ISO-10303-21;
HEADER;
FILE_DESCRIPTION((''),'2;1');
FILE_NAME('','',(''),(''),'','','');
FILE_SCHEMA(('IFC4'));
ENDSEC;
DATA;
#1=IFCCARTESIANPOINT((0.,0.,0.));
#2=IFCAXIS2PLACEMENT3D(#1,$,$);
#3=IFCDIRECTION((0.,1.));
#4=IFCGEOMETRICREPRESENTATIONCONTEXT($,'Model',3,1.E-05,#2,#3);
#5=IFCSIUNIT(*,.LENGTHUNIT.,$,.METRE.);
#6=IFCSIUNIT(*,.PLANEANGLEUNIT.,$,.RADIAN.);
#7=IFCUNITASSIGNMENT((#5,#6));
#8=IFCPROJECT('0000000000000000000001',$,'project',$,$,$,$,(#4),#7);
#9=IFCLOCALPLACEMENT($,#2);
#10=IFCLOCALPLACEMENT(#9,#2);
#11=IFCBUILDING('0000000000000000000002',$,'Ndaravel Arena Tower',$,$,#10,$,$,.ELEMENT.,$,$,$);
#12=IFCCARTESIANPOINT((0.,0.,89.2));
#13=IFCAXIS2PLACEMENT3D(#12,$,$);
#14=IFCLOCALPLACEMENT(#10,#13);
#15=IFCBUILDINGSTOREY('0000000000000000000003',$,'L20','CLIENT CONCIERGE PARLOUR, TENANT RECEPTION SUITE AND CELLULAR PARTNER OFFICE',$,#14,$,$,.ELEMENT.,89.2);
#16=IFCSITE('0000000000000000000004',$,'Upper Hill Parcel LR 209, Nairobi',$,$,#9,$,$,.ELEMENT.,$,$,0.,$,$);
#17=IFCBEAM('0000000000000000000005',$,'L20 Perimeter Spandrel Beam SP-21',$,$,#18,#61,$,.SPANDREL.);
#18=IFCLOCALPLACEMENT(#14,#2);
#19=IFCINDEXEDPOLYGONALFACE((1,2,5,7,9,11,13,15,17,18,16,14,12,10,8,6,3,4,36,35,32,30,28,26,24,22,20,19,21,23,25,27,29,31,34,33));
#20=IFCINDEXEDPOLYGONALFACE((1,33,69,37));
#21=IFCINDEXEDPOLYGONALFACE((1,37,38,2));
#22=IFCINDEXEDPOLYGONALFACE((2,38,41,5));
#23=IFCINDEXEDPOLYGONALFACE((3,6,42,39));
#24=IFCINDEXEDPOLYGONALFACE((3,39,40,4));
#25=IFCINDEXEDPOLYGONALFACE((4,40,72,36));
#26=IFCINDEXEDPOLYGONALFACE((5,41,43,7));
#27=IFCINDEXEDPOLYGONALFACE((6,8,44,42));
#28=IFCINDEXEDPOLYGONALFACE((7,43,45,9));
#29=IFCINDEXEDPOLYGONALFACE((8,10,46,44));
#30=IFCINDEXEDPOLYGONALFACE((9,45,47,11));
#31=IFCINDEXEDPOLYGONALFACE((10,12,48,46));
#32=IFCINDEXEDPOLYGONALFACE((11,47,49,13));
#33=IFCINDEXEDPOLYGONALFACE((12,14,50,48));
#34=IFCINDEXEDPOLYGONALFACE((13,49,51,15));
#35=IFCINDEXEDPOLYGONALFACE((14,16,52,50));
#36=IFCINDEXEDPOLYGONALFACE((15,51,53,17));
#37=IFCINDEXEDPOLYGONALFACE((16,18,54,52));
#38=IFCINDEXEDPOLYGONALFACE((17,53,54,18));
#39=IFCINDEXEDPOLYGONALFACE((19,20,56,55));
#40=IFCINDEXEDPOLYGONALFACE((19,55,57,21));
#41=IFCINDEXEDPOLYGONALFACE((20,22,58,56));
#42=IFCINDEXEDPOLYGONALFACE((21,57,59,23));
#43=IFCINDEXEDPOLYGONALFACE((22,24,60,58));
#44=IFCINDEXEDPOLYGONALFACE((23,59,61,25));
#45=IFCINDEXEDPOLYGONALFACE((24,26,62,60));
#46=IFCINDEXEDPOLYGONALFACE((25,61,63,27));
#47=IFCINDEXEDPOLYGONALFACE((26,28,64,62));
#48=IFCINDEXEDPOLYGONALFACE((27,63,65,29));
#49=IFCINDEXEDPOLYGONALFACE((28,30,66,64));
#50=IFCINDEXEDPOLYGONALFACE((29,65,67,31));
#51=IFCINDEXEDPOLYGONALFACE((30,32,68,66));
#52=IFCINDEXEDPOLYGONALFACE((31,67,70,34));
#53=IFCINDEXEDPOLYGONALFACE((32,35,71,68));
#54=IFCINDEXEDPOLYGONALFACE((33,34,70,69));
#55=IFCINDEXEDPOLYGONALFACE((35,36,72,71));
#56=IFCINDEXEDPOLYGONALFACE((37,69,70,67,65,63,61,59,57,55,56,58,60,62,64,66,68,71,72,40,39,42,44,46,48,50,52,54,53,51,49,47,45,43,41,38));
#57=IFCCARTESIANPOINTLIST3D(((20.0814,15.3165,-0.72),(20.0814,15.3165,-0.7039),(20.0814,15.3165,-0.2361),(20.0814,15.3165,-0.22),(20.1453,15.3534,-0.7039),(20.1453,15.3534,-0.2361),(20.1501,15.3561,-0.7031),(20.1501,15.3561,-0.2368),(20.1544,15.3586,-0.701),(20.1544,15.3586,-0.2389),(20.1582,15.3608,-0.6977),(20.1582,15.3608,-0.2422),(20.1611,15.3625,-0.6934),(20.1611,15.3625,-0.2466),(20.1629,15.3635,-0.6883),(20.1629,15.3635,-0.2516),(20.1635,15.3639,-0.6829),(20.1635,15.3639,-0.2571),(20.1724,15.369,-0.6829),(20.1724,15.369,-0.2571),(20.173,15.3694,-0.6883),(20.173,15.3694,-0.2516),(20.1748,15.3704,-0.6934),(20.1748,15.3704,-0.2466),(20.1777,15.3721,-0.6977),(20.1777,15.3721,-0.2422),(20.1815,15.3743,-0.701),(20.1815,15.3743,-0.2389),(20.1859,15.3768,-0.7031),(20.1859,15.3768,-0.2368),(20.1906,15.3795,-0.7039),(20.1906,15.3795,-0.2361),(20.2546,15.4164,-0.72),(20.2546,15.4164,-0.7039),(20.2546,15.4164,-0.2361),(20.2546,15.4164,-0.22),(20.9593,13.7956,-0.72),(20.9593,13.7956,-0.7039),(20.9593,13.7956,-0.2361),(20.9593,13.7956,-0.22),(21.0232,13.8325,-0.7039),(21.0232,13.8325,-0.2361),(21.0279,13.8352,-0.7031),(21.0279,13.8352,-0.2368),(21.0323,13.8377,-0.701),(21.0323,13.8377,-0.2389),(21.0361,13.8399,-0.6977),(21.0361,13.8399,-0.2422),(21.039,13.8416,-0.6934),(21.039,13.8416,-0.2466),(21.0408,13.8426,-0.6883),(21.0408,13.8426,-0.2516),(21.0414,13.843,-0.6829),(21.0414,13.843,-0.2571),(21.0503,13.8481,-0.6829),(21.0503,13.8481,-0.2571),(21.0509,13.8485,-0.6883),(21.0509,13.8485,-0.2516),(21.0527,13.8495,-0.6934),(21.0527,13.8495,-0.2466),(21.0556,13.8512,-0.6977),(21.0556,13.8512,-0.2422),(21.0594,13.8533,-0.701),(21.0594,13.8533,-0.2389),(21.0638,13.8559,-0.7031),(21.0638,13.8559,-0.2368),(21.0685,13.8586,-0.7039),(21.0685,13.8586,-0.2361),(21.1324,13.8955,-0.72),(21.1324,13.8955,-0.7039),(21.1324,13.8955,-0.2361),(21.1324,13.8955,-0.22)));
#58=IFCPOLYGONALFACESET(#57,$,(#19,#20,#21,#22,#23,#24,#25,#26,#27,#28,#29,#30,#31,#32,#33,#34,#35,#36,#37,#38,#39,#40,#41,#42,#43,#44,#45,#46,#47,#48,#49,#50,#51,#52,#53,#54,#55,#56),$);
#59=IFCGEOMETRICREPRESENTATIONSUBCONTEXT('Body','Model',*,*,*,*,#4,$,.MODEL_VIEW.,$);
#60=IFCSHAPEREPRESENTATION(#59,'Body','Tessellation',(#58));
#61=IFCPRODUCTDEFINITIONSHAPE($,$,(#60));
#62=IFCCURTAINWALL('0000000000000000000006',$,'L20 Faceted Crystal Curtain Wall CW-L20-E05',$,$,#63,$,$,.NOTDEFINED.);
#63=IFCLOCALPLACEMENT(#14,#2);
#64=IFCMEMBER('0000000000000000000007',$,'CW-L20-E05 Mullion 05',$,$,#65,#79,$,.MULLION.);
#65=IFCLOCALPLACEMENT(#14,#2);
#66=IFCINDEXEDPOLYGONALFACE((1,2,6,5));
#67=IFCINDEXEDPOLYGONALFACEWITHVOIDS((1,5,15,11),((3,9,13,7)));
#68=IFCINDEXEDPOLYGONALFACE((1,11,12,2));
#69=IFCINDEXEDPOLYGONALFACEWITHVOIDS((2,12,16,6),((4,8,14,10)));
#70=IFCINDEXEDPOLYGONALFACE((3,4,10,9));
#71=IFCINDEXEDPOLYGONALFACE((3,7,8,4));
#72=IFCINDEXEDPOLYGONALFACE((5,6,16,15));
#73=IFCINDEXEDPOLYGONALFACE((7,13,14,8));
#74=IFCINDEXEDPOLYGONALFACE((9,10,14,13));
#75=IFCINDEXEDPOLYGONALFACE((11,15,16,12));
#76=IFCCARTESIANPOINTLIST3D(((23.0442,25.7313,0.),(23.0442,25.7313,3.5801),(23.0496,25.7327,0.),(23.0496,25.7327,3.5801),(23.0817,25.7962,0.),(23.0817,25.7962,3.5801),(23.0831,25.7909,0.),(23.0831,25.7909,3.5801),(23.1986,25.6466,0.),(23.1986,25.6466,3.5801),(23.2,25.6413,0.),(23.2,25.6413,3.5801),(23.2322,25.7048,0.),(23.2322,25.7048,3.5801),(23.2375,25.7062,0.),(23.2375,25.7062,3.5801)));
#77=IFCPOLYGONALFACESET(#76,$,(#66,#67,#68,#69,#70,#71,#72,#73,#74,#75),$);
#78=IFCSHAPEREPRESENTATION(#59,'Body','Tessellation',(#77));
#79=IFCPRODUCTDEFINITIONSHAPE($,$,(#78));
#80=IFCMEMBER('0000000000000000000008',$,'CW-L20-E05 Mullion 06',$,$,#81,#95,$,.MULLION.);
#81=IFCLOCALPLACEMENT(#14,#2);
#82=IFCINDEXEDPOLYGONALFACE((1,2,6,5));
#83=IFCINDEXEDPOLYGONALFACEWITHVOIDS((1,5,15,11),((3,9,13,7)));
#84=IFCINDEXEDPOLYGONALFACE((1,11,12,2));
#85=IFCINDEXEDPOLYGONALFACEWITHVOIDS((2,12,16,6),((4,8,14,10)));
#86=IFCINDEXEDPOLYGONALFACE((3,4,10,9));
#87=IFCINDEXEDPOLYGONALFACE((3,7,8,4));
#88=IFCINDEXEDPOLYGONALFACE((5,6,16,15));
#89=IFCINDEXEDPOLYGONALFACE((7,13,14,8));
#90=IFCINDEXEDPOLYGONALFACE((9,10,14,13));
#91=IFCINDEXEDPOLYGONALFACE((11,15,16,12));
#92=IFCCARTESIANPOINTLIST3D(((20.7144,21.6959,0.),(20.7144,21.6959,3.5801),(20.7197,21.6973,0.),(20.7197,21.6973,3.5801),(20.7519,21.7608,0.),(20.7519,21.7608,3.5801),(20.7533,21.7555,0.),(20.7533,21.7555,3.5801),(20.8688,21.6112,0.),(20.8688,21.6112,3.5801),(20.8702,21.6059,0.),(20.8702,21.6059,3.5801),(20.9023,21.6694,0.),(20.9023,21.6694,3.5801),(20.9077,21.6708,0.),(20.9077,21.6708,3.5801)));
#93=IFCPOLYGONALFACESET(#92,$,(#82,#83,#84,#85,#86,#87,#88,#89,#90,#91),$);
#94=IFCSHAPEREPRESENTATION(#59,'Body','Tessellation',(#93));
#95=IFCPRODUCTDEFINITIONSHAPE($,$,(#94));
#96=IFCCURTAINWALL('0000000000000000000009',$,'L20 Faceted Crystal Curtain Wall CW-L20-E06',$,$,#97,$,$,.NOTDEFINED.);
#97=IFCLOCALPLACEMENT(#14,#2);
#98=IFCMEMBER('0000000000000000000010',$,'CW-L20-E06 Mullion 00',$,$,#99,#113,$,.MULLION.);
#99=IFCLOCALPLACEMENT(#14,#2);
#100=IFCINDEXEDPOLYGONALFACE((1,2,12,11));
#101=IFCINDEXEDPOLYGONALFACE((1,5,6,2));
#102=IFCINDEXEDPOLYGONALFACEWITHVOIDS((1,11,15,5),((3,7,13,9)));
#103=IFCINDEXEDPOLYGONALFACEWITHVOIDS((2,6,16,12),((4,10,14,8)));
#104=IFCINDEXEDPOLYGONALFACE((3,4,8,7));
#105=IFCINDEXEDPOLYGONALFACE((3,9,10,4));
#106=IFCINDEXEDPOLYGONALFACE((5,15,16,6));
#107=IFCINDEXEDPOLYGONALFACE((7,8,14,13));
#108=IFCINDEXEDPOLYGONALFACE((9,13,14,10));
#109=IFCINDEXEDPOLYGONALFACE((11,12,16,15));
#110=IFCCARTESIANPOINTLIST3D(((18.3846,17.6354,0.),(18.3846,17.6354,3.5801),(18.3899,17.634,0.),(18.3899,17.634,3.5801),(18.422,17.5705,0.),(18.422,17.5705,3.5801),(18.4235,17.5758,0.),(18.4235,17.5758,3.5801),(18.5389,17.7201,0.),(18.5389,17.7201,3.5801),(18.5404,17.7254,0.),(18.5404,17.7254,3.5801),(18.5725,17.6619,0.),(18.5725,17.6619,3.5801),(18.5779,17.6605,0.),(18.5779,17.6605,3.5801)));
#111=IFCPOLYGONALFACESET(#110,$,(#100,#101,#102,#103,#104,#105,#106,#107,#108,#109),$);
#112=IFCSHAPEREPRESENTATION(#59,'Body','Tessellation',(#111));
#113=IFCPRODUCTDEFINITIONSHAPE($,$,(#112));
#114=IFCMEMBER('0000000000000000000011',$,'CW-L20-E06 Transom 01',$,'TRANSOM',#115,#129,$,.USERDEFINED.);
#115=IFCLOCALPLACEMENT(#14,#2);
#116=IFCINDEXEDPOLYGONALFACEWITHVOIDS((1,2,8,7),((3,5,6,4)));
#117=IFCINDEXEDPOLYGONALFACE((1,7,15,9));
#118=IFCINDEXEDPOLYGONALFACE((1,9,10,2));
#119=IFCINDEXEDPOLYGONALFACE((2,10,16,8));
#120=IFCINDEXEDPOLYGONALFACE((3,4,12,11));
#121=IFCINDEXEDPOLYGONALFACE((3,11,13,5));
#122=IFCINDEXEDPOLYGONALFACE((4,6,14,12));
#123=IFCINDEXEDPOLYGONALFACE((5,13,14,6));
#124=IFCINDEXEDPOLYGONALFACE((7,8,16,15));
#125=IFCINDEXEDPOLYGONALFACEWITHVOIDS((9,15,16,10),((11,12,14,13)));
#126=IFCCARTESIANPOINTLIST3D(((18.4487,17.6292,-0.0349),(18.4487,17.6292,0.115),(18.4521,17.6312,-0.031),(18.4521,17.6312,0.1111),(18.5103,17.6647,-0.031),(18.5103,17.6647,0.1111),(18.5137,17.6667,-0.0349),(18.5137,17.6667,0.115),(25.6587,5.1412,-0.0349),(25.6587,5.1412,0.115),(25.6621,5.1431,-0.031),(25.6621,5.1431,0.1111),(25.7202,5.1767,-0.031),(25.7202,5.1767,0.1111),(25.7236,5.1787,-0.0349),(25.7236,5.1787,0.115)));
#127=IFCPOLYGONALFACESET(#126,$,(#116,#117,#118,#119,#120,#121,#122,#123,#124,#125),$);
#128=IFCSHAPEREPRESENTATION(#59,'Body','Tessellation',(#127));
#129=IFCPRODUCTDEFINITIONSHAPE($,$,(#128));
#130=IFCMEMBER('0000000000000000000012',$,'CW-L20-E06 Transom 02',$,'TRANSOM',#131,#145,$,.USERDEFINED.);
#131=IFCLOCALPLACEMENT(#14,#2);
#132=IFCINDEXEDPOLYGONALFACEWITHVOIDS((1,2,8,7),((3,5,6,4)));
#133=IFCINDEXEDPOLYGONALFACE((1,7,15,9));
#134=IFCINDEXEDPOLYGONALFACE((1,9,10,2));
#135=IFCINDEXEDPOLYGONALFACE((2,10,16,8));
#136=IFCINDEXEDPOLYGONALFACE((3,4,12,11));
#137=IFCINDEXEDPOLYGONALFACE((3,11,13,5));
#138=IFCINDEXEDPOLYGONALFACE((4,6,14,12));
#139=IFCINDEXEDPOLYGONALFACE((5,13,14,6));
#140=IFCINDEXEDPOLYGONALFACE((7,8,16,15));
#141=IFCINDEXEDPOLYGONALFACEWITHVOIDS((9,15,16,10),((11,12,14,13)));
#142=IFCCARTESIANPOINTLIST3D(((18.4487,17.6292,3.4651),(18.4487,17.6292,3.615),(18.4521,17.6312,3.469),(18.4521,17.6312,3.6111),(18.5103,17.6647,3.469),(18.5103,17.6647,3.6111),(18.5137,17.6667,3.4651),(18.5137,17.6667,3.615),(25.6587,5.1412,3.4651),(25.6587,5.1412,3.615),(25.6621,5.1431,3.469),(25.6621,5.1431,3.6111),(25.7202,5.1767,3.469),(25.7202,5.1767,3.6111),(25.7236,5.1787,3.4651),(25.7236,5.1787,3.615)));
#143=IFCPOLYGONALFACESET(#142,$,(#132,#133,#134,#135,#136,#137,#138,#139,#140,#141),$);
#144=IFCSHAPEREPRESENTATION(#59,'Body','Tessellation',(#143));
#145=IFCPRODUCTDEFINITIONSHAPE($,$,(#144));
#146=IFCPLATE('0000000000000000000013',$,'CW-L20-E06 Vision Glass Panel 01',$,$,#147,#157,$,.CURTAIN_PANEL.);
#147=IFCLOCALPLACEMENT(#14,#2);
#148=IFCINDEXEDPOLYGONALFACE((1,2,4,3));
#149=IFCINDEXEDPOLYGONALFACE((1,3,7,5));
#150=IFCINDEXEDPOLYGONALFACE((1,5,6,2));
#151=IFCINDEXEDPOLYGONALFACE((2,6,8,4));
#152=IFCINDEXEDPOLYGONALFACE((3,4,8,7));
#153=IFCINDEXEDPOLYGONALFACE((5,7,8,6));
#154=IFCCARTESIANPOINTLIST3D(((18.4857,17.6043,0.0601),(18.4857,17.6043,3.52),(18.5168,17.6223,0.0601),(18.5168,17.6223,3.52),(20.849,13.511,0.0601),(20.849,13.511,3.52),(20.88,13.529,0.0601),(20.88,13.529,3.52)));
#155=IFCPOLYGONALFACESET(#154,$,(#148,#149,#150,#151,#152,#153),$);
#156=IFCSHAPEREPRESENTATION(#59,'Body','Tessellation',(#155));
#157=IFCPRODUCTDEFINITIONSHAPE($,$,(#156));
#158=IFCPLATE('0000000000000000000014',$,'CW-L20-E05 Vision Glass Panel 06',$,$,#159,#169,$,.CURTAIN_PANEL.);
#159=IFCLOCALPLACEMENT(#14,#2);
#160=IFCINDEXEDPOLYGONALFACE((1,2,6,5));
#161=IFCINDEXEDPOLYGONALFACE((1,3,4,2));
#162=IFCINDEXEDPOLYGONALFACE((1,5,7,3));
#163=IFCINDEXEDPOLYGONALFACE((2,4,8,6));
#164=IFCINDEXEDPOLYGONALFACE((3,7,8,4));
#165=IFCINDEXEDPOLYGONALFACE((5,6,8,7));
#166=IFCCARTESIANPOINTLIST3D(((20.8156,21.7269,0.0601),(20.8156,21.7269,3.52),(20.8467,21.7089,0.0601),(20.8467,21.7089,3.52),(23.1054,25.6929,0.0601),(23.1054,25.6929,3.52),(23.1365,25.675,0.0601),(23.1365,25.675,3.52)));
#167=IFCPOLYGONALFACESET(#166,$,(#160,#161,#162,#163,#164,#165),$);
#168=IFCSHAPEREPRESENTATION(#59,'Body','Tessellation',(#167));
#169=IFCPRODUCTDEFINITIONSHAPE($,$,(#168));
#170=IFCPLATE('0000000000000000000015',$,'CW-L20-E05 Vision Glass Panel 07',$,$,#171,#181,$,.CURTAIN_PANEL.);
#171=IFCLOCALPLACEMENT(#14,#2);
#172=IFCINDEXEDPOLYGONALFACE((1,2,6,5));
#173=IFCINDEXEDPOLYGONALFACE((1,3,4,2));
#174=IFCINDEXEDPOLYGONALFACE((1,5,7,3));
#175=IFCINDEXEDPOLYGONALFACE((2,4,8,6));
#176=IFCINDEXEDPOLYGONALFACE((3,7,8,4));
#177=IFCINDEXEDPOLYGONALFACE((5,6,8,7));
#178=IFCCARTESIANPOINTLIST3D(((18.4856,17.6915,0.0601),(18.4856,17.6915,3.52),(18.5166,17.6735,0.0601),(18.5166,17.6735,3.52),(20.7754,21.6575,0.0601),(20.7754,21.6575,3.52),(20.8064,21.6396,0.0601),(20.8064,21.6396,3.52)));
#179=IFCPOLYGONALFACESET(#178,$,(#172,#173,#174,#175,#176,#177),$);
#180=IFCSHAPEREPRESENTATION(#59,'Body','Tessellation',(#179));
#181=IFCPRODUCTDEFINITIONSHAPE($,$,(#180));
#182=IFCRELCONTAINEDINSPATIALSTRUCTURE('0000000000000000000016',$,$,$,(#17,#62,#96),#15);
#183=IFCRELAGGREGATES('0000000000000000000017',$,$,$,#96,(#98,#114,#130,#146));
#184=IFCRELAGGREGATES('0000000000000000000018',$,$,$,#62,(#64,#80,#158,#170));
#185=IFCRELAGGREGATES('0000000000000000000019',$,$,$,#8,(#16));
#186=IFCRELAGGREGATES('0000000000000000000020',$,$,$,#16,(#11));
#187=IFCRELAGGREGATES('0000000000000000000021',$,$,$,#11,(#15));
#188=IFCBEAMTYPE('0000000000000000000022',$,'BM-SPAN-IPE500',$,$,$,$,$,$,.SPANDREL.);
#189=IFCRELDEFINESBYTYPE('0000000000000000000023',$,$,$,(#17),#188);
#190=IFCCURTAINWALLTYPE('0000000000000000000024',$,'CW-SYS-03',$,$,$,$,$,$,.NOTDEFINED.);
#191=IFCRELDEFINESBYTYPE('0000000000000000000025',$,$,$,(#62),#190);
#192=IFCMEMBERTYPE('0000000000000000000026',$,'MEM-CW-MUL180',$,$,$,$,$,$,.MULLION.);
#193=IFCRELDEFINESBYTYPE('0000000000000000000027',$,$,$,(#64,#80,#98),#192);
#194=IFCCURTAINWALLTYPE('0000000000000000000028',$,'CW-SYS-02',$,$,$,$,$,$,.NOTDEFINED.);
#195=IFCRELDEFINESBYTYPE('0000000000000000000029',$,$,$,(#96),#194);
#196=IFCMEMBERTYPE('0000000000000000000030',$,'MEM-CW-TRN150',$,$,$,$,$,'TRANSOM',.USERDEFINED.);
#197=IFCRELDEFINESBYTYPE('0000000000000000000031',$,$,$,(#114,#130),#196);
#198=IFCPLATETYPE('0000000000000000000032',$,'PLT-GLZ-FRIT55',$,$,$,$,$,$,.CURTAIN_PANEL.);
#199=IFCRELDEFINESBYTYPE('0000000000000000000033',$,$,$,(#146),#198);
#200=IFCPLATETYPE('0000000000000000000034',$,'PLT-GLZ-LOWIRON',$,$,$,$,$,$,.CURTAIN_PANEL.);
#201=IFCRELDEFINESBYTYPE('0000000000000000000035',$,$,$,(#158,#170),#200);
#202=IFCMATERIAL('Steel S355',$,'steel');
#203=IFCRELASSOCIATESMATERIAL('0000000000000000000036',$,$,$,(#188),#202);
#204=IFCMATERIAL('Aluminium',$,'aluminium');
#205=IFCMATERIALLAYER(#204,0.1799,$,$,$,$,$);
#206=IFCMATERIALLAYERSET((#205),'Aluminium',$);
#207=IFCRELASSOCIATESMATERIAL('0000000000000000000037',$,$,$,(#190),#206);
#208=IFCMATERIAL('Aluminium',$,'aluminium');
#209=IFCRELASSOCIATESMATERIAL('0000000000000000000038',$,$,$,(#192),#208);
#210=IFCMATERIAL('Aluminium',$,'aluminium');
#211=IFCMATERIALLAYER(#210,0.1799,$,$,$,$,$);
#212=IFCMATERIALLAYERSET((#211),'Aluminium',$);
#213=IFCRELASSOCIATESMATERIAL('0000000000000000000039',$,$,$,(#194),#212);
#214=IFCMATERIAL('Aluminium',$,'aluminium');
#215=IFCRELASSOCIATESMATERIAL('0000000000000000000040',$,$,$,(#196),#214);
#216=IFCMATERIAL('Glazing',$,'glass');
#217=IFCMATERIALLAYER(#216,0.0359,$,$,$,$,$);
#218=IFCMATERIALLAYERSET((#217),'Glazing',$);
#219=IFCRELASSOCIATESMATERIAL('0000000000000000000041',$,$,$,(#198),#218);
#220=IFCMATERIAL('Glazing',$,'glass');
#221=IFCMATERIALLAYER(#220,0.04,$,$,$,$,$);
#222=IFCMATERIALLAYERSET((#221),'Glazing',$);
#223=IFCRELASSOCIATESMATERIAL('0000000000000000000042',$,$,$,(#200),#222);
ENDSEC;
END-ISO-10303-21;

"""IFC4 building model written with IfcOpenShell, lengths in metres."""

from ifc_helpers import new_model, si_unit, direction, frame, origin, origin_2d, place, context, subcontext, project, spatial, rectangle, hollow_rectangle, i_section, extrude, material, layer, layer_set, material_profile, profile_set, type_object, element, aggregate, save


model = new_model("IFC4")

# Units and contexts
model_context = context("Model", 3, precision=1e-05, world=origin(), true_north=direction((0.0, 1.0)))
body_context = subcontext(model_context, "Body", "Model", "MODEL_VIEW")
ifc_project = project(units=[si_unit("LENGTHUNIT", "METRE"), si_unit("PLANEANGLEUNIT", "RADIAN")], contexts=[model_context])

# Site, building, storey
site_placement = place(None, origin())
site = spatial("IfcSite", under=ifc_project, at=site_placement, Name="Upper Hill Parcel LR 209, Nairobi", CompositionType="ELEMENT", RefElevation=0.0)
building_placement = place(site_placement, origin())
building = spatial("IfcBuilding", under=site, at=building_placement, Name="Ndaravel Arena Tower", CompositionType="ELEMENT")
storey_placement = place(building_placement, frame((0.0, 0.0, 89.2)))
storey = spatial("IfcBuildingStorey", under=building, at=storey_placement, Name="L20", Description="CLIENT CONCIERGE PARLOUR, TENANT RECEPTION SUITE AND CELLULAR PARTNER OFFICE", CompositionType="ELEMENT", Elevation=89.2)

# Beam
ifc_material_1 = material(Name="Steel S355", Category="steel")
ifc_material_profile_1 = material_profile(ifc_material_1, i_section(OverallWidth=0.2, OverallDepth=0.5, WebThickness=0.0103, FlangeThickness=0.0161, FilletRadius=0.021, at=origin_2d()), Name="IPE 500")
ifc_profile_set_1 = profile_set([ifc_material_profile_1], Name="Steel S355")
beam_type_1 = type_object("IfcBeamType", Name="BM-SPAN-IPE500", PredefinedType="SPANDREL", material=ifc_profile_set_1)
beam_1_placement = place(storey_placement, frame((20.168, 15.3665, -0.47), z_axis=(0.499907, -0.866079, 0.0), x_axis=(0.866079, 0.499907, 0.0)))
element("IfcBeam", 1, at=beam_1_placement, inside=storey, type_object=beam_type_1, Name="L20 Perimeter Spandrel Beam SP-21", PredefinedType="SPANDREL", context=body_context, shape_type="SweptSolid", body=[
    extrude(i_section(OverallWidth=0.2, OverallDepth=0.5, WebThickness=0.0103, FlangeThickness=0.0161, FilletRadius=0.021, at=origin_2d()), origin(), (0.0, 0.0, 1.0), 1.7561),
])

# Curtain wall, members
ifc_material_2 = material(Name="Aluminium", Category="aluminium")
ifc_layer_1 = layer(ifc_material_2, 0.1799)
ifc_layer_set_1 = layer_set([ifc_layer_1], Name="Aluminium")
curtain_wall_type_1 = type_object("IfcCurtainWallType", Name="CW-SYS-03", PredefinedType="NOTDEFINED", material=ifc_layer_set_1)
curtain_wall_1_placement = place(storey_placement, origin())
curtain_wall_1 = element("IfcCurtainWall", 2, at=curtain_wall_1_placement, inside=storey, type_object=curtain_wall_type_1, Name="L20 Faceted Crystal Curtain Wall CW-L20-E05", PredefinedType="NOTDEFINED")
ifc_material_3 = material(Name="Aluminium", Category="aluminium")
ifc_material_profile_2 = material_profile(ifc_material_3, hollow_rectangle(XDim=0.075, YDim=0.1799, WallThickness=0.0039, at=origin_2d()), Name="CW MULLION 75x180x4")
ifc_profile_set_2 = profile_set([ifc_material_profile_2], Name="Aluminium")
member_type_1 = type_object("IfcMemberType", Name="MEM-CW-MUL180", PredefinedType="MULLION", material=ifc_profile_set_2)
member_1_placement = place(storey_placement, frame((23.1409, 25.7188, 0.0), z_axis=(0.0, 0.0, 1.0), x_axis=(-0.5, -0.866025, 0.0)))
member_1 = element("IfcMember", 3, at=member_1_placement, type_object=member_type_1, Name="CW-L20-E05 Mullion 05", PredefinedType="MULLION", context=body_context, shape_type="SweptSolid", body=[
    extrude(hollow_rectangle(XDim=0.075, YDim=0.1799, WallThickness=0.0039, at=origin_2d()), origin(), (0.0, 0.0, 1.0), 3.5801),
])
member_2_placement = place(storey_placement, frame((20.811, 21.6833, 0.0), z_axis=(0.0, 0.0, 1.0), x_axis=(-0.5, -0.866025, 0.0)))
member_2 = element("IfcMember", 4, at=member_2_placement, type_object=member_type_1, Name="CW-L20-E05 Mullion 06", PredefinedType="MULLION", context=body_context, shape_type="SweptSolid", body=[
    extrude(hollow_rectangle(XDim=0.075, YDim=0.1799, WallThickness=0.0039, at=origin_2d()), origin(), (0.0, 0.0, 1.0), 3.5801),
])

# Curtain wall, members, plate
ifc_material_4 = material(Name="Aluminium", Category="aluminium")
ifc_layer_2 = layer(ifc_material_4, 0.1799)
ifc_layer_set_2 = layer_set([ifc_layer_2], Name="Aluminium")
curtain_wall_type_2 = type_object("IfcCurtainWallType", Name="CW-SYS-02", PredefinedType="NOTDEFINED", material=ifc_layer_set_2)
curtain_wall_2_placement = place(storey_placement, origin())
curtain_wall_2 = element("IfcCurtainWall", 5, at=curtain_wall_2_placement, inside=storey, type_object=curtain_wall_type_2, Name="L20 Faceted Crystal Curtain Wall CW-L20-E06", PredefinedType="NOTDEFINED")
member_3_placement = place(storey_placement, frame((18.4812, 17.6479, 0.0), z_axis=(0.0, 0.0, 1.0), x_axis=(0.5, -0.866025, 0.0)))
member_3 = element("IfcMember", 6, at=member_3_placement, type_object=member_type_1, Name="CW-L20-E06 Mullion 00", PredefinedType="MULLION", context=body_context, shape_type="SweptSolid", body=[
    extrude(hollow_rectangle(XDim=0.075, YDim=0.1799, WallThickness=0.0039, at=origin_2d()), origin(), (0.0, 0.0, 1.0), 3.5801),
])
ifc_material_5 = material(Name="Aluminium", Category="aluminium")
ifc_material_profile_3 = material_profile(ifc_material_5, hollow_rectangle(XDim=0.075, YDim=0.1499, WallThickness=0.0039, at=origin_2d()), Name="CW TRANSOM 75x150x4")
ifc_profile_set_3 = profile_set([ifc_material_profile_3], Name="Aluminium")
member_type_2 = type_object("IfcMemberType", Name="MEM-CW-TRN150", ElementType="TRANSOM", PredefinedType="USERDEFINED", material=ifc_profile_set_3)
member_4_placement = place(storey_placement, frame((18.4812, 17.6479, 0.04), z_axis=(0.499999, -0.866026, 0.0), x_axis=(0.866026, 0.499999, 0.0)))
member_4 = element("IfcMember", 7, at=member_4_placement, type_object=member_type_2, Name="CW-L20-E06 Transom 01", ObjectType="TRANSOM", PredefinedType="USERDEFINED", context=body_context, shape_type="SweptSolid", body=[
    extrude(hollow_rectangle(XDim=0.075, YDim=0.1499, WallThickness=0.0039, at=origin_2d()), origin(), (0.0, 0.0, 1.0), 14.4199),
])
member_5_placement = place(storey_placement, frame((18.4812, 17.6479, 3.54), z_axis=(0.499999, -0.866026, 0.0), x_axis=(0.866026, 0.499999, 0.0)))
member_5 = element("IfcMember", 8, at=member_5_placement, type_object=member_type_2, Name="CW-L20-E06 Transom 02", ObjectType="TRANSOM", PredefinedType="USERDEFINED", context=body_context, shape_type="SweptSolid", body=[
    extrude(hollow_rectangle(XDim=0.075, YDim=0.1499, WallThickness=0.0039, at=origin_2d()), origin(), (0.0, 0.0, 1.0), 14.4199),
])
ifc_material_6 = material(Name="Glazing", Category="glass")
ifc_layer_3 = layer(ifc_material_6, 0.0359)
ifc_layer_set_3 = layer_set([ifc_layer_3], Name="Glazing")
plate_type_1 = type_object("IfcPlateType", Name="PLT-GLZ-FRIT55", PredefinedType="CURTAIN_PANEL", material=ifc_layer_set_3)
plate_1_placement = place(storey_placement, frame((19.6829, 15.5667, 0.0601), z_axis=(0.0, 0.0, 1.0), x_axis=(0.5, -0.866025, 0.0)))
plate_1 = element("IfcPlate", 9, at=plate_1_placement, type_object=plate_type_1, Name="CW-L20-E06 Vision Glass Panel 01", PredefinedType="CURTAIN_PANEL", context=body_context, shape_type="SweptSolid", body=[
    extrude(rectangle(XDim=4.7266, YDim=0.0359, at=origin_2d()), origin(), (0.0, 0.0, 1.0), 3.46),
])
aggregate(curtain_wall_2, [member_3, member_4, member_5, plate_1])

# Plates
ifc_material_7 = material(Name="Glazing", Category="glass")
ifc_layer_4 = layer(ifc_material_7, 0.04)
ifc_layer_set_4 = layer_set([ifc_layer_4], Name="Glazing")
plate_type_2 = type_object("IfcPlateType", Name="PLT-GLZ-LOWIRON", PredefinedType="CURTAIN_PANEL", material=ifc_layer_set_4)
plate_2_placement = place(storey_placement, frame((21.9761, 23.7009, 0.0601), z_axis=(0.0, 0.0, 1.0), x_axis=(-0.5, -0.866025, 0.0)))
plate_2 = element("IfcPlate", 10, at=plate_2_placement, type_object=plate_type_2, Name="CW-L20-E05 Vision Glass Panel 06", PredefinedType="CURTAIN_PANEL", context=body_context, shape_type="SweptSolid", body=[
    extrude(rectangle(XDim=4.5796, YDim=0.0359, at=origin_2d()), origin(), (0.0, 0.0, 1.0), 3.46),
])
plate_3_placement = place(storey_placement, frame((19.646, 19.6655, 0.0601), z_axis=(0.0, 0.0, 1.0), x_axis=(-0.5, -0.866025, 0.0)))
plate_3 = element("IfcPlate", 11, at=plate_3_placement, type_object=plate_type_2, Name="CW-L20-E05 Vision Glass Panel 07", PredefinedType="CURTAIN_PANEL", context=body_context, shape_type="SweptSolid", body=[
    extrude(rectangle(XDim=4.5796, YDim=0.0359, at=origin_2d()), origin(), (0.0, 0.0, 1.0), 3.46),
])
aggregate(curtain_wall_1, [member_1, member_2, plate_2, plate_3])

save(model, "model.ifc")
